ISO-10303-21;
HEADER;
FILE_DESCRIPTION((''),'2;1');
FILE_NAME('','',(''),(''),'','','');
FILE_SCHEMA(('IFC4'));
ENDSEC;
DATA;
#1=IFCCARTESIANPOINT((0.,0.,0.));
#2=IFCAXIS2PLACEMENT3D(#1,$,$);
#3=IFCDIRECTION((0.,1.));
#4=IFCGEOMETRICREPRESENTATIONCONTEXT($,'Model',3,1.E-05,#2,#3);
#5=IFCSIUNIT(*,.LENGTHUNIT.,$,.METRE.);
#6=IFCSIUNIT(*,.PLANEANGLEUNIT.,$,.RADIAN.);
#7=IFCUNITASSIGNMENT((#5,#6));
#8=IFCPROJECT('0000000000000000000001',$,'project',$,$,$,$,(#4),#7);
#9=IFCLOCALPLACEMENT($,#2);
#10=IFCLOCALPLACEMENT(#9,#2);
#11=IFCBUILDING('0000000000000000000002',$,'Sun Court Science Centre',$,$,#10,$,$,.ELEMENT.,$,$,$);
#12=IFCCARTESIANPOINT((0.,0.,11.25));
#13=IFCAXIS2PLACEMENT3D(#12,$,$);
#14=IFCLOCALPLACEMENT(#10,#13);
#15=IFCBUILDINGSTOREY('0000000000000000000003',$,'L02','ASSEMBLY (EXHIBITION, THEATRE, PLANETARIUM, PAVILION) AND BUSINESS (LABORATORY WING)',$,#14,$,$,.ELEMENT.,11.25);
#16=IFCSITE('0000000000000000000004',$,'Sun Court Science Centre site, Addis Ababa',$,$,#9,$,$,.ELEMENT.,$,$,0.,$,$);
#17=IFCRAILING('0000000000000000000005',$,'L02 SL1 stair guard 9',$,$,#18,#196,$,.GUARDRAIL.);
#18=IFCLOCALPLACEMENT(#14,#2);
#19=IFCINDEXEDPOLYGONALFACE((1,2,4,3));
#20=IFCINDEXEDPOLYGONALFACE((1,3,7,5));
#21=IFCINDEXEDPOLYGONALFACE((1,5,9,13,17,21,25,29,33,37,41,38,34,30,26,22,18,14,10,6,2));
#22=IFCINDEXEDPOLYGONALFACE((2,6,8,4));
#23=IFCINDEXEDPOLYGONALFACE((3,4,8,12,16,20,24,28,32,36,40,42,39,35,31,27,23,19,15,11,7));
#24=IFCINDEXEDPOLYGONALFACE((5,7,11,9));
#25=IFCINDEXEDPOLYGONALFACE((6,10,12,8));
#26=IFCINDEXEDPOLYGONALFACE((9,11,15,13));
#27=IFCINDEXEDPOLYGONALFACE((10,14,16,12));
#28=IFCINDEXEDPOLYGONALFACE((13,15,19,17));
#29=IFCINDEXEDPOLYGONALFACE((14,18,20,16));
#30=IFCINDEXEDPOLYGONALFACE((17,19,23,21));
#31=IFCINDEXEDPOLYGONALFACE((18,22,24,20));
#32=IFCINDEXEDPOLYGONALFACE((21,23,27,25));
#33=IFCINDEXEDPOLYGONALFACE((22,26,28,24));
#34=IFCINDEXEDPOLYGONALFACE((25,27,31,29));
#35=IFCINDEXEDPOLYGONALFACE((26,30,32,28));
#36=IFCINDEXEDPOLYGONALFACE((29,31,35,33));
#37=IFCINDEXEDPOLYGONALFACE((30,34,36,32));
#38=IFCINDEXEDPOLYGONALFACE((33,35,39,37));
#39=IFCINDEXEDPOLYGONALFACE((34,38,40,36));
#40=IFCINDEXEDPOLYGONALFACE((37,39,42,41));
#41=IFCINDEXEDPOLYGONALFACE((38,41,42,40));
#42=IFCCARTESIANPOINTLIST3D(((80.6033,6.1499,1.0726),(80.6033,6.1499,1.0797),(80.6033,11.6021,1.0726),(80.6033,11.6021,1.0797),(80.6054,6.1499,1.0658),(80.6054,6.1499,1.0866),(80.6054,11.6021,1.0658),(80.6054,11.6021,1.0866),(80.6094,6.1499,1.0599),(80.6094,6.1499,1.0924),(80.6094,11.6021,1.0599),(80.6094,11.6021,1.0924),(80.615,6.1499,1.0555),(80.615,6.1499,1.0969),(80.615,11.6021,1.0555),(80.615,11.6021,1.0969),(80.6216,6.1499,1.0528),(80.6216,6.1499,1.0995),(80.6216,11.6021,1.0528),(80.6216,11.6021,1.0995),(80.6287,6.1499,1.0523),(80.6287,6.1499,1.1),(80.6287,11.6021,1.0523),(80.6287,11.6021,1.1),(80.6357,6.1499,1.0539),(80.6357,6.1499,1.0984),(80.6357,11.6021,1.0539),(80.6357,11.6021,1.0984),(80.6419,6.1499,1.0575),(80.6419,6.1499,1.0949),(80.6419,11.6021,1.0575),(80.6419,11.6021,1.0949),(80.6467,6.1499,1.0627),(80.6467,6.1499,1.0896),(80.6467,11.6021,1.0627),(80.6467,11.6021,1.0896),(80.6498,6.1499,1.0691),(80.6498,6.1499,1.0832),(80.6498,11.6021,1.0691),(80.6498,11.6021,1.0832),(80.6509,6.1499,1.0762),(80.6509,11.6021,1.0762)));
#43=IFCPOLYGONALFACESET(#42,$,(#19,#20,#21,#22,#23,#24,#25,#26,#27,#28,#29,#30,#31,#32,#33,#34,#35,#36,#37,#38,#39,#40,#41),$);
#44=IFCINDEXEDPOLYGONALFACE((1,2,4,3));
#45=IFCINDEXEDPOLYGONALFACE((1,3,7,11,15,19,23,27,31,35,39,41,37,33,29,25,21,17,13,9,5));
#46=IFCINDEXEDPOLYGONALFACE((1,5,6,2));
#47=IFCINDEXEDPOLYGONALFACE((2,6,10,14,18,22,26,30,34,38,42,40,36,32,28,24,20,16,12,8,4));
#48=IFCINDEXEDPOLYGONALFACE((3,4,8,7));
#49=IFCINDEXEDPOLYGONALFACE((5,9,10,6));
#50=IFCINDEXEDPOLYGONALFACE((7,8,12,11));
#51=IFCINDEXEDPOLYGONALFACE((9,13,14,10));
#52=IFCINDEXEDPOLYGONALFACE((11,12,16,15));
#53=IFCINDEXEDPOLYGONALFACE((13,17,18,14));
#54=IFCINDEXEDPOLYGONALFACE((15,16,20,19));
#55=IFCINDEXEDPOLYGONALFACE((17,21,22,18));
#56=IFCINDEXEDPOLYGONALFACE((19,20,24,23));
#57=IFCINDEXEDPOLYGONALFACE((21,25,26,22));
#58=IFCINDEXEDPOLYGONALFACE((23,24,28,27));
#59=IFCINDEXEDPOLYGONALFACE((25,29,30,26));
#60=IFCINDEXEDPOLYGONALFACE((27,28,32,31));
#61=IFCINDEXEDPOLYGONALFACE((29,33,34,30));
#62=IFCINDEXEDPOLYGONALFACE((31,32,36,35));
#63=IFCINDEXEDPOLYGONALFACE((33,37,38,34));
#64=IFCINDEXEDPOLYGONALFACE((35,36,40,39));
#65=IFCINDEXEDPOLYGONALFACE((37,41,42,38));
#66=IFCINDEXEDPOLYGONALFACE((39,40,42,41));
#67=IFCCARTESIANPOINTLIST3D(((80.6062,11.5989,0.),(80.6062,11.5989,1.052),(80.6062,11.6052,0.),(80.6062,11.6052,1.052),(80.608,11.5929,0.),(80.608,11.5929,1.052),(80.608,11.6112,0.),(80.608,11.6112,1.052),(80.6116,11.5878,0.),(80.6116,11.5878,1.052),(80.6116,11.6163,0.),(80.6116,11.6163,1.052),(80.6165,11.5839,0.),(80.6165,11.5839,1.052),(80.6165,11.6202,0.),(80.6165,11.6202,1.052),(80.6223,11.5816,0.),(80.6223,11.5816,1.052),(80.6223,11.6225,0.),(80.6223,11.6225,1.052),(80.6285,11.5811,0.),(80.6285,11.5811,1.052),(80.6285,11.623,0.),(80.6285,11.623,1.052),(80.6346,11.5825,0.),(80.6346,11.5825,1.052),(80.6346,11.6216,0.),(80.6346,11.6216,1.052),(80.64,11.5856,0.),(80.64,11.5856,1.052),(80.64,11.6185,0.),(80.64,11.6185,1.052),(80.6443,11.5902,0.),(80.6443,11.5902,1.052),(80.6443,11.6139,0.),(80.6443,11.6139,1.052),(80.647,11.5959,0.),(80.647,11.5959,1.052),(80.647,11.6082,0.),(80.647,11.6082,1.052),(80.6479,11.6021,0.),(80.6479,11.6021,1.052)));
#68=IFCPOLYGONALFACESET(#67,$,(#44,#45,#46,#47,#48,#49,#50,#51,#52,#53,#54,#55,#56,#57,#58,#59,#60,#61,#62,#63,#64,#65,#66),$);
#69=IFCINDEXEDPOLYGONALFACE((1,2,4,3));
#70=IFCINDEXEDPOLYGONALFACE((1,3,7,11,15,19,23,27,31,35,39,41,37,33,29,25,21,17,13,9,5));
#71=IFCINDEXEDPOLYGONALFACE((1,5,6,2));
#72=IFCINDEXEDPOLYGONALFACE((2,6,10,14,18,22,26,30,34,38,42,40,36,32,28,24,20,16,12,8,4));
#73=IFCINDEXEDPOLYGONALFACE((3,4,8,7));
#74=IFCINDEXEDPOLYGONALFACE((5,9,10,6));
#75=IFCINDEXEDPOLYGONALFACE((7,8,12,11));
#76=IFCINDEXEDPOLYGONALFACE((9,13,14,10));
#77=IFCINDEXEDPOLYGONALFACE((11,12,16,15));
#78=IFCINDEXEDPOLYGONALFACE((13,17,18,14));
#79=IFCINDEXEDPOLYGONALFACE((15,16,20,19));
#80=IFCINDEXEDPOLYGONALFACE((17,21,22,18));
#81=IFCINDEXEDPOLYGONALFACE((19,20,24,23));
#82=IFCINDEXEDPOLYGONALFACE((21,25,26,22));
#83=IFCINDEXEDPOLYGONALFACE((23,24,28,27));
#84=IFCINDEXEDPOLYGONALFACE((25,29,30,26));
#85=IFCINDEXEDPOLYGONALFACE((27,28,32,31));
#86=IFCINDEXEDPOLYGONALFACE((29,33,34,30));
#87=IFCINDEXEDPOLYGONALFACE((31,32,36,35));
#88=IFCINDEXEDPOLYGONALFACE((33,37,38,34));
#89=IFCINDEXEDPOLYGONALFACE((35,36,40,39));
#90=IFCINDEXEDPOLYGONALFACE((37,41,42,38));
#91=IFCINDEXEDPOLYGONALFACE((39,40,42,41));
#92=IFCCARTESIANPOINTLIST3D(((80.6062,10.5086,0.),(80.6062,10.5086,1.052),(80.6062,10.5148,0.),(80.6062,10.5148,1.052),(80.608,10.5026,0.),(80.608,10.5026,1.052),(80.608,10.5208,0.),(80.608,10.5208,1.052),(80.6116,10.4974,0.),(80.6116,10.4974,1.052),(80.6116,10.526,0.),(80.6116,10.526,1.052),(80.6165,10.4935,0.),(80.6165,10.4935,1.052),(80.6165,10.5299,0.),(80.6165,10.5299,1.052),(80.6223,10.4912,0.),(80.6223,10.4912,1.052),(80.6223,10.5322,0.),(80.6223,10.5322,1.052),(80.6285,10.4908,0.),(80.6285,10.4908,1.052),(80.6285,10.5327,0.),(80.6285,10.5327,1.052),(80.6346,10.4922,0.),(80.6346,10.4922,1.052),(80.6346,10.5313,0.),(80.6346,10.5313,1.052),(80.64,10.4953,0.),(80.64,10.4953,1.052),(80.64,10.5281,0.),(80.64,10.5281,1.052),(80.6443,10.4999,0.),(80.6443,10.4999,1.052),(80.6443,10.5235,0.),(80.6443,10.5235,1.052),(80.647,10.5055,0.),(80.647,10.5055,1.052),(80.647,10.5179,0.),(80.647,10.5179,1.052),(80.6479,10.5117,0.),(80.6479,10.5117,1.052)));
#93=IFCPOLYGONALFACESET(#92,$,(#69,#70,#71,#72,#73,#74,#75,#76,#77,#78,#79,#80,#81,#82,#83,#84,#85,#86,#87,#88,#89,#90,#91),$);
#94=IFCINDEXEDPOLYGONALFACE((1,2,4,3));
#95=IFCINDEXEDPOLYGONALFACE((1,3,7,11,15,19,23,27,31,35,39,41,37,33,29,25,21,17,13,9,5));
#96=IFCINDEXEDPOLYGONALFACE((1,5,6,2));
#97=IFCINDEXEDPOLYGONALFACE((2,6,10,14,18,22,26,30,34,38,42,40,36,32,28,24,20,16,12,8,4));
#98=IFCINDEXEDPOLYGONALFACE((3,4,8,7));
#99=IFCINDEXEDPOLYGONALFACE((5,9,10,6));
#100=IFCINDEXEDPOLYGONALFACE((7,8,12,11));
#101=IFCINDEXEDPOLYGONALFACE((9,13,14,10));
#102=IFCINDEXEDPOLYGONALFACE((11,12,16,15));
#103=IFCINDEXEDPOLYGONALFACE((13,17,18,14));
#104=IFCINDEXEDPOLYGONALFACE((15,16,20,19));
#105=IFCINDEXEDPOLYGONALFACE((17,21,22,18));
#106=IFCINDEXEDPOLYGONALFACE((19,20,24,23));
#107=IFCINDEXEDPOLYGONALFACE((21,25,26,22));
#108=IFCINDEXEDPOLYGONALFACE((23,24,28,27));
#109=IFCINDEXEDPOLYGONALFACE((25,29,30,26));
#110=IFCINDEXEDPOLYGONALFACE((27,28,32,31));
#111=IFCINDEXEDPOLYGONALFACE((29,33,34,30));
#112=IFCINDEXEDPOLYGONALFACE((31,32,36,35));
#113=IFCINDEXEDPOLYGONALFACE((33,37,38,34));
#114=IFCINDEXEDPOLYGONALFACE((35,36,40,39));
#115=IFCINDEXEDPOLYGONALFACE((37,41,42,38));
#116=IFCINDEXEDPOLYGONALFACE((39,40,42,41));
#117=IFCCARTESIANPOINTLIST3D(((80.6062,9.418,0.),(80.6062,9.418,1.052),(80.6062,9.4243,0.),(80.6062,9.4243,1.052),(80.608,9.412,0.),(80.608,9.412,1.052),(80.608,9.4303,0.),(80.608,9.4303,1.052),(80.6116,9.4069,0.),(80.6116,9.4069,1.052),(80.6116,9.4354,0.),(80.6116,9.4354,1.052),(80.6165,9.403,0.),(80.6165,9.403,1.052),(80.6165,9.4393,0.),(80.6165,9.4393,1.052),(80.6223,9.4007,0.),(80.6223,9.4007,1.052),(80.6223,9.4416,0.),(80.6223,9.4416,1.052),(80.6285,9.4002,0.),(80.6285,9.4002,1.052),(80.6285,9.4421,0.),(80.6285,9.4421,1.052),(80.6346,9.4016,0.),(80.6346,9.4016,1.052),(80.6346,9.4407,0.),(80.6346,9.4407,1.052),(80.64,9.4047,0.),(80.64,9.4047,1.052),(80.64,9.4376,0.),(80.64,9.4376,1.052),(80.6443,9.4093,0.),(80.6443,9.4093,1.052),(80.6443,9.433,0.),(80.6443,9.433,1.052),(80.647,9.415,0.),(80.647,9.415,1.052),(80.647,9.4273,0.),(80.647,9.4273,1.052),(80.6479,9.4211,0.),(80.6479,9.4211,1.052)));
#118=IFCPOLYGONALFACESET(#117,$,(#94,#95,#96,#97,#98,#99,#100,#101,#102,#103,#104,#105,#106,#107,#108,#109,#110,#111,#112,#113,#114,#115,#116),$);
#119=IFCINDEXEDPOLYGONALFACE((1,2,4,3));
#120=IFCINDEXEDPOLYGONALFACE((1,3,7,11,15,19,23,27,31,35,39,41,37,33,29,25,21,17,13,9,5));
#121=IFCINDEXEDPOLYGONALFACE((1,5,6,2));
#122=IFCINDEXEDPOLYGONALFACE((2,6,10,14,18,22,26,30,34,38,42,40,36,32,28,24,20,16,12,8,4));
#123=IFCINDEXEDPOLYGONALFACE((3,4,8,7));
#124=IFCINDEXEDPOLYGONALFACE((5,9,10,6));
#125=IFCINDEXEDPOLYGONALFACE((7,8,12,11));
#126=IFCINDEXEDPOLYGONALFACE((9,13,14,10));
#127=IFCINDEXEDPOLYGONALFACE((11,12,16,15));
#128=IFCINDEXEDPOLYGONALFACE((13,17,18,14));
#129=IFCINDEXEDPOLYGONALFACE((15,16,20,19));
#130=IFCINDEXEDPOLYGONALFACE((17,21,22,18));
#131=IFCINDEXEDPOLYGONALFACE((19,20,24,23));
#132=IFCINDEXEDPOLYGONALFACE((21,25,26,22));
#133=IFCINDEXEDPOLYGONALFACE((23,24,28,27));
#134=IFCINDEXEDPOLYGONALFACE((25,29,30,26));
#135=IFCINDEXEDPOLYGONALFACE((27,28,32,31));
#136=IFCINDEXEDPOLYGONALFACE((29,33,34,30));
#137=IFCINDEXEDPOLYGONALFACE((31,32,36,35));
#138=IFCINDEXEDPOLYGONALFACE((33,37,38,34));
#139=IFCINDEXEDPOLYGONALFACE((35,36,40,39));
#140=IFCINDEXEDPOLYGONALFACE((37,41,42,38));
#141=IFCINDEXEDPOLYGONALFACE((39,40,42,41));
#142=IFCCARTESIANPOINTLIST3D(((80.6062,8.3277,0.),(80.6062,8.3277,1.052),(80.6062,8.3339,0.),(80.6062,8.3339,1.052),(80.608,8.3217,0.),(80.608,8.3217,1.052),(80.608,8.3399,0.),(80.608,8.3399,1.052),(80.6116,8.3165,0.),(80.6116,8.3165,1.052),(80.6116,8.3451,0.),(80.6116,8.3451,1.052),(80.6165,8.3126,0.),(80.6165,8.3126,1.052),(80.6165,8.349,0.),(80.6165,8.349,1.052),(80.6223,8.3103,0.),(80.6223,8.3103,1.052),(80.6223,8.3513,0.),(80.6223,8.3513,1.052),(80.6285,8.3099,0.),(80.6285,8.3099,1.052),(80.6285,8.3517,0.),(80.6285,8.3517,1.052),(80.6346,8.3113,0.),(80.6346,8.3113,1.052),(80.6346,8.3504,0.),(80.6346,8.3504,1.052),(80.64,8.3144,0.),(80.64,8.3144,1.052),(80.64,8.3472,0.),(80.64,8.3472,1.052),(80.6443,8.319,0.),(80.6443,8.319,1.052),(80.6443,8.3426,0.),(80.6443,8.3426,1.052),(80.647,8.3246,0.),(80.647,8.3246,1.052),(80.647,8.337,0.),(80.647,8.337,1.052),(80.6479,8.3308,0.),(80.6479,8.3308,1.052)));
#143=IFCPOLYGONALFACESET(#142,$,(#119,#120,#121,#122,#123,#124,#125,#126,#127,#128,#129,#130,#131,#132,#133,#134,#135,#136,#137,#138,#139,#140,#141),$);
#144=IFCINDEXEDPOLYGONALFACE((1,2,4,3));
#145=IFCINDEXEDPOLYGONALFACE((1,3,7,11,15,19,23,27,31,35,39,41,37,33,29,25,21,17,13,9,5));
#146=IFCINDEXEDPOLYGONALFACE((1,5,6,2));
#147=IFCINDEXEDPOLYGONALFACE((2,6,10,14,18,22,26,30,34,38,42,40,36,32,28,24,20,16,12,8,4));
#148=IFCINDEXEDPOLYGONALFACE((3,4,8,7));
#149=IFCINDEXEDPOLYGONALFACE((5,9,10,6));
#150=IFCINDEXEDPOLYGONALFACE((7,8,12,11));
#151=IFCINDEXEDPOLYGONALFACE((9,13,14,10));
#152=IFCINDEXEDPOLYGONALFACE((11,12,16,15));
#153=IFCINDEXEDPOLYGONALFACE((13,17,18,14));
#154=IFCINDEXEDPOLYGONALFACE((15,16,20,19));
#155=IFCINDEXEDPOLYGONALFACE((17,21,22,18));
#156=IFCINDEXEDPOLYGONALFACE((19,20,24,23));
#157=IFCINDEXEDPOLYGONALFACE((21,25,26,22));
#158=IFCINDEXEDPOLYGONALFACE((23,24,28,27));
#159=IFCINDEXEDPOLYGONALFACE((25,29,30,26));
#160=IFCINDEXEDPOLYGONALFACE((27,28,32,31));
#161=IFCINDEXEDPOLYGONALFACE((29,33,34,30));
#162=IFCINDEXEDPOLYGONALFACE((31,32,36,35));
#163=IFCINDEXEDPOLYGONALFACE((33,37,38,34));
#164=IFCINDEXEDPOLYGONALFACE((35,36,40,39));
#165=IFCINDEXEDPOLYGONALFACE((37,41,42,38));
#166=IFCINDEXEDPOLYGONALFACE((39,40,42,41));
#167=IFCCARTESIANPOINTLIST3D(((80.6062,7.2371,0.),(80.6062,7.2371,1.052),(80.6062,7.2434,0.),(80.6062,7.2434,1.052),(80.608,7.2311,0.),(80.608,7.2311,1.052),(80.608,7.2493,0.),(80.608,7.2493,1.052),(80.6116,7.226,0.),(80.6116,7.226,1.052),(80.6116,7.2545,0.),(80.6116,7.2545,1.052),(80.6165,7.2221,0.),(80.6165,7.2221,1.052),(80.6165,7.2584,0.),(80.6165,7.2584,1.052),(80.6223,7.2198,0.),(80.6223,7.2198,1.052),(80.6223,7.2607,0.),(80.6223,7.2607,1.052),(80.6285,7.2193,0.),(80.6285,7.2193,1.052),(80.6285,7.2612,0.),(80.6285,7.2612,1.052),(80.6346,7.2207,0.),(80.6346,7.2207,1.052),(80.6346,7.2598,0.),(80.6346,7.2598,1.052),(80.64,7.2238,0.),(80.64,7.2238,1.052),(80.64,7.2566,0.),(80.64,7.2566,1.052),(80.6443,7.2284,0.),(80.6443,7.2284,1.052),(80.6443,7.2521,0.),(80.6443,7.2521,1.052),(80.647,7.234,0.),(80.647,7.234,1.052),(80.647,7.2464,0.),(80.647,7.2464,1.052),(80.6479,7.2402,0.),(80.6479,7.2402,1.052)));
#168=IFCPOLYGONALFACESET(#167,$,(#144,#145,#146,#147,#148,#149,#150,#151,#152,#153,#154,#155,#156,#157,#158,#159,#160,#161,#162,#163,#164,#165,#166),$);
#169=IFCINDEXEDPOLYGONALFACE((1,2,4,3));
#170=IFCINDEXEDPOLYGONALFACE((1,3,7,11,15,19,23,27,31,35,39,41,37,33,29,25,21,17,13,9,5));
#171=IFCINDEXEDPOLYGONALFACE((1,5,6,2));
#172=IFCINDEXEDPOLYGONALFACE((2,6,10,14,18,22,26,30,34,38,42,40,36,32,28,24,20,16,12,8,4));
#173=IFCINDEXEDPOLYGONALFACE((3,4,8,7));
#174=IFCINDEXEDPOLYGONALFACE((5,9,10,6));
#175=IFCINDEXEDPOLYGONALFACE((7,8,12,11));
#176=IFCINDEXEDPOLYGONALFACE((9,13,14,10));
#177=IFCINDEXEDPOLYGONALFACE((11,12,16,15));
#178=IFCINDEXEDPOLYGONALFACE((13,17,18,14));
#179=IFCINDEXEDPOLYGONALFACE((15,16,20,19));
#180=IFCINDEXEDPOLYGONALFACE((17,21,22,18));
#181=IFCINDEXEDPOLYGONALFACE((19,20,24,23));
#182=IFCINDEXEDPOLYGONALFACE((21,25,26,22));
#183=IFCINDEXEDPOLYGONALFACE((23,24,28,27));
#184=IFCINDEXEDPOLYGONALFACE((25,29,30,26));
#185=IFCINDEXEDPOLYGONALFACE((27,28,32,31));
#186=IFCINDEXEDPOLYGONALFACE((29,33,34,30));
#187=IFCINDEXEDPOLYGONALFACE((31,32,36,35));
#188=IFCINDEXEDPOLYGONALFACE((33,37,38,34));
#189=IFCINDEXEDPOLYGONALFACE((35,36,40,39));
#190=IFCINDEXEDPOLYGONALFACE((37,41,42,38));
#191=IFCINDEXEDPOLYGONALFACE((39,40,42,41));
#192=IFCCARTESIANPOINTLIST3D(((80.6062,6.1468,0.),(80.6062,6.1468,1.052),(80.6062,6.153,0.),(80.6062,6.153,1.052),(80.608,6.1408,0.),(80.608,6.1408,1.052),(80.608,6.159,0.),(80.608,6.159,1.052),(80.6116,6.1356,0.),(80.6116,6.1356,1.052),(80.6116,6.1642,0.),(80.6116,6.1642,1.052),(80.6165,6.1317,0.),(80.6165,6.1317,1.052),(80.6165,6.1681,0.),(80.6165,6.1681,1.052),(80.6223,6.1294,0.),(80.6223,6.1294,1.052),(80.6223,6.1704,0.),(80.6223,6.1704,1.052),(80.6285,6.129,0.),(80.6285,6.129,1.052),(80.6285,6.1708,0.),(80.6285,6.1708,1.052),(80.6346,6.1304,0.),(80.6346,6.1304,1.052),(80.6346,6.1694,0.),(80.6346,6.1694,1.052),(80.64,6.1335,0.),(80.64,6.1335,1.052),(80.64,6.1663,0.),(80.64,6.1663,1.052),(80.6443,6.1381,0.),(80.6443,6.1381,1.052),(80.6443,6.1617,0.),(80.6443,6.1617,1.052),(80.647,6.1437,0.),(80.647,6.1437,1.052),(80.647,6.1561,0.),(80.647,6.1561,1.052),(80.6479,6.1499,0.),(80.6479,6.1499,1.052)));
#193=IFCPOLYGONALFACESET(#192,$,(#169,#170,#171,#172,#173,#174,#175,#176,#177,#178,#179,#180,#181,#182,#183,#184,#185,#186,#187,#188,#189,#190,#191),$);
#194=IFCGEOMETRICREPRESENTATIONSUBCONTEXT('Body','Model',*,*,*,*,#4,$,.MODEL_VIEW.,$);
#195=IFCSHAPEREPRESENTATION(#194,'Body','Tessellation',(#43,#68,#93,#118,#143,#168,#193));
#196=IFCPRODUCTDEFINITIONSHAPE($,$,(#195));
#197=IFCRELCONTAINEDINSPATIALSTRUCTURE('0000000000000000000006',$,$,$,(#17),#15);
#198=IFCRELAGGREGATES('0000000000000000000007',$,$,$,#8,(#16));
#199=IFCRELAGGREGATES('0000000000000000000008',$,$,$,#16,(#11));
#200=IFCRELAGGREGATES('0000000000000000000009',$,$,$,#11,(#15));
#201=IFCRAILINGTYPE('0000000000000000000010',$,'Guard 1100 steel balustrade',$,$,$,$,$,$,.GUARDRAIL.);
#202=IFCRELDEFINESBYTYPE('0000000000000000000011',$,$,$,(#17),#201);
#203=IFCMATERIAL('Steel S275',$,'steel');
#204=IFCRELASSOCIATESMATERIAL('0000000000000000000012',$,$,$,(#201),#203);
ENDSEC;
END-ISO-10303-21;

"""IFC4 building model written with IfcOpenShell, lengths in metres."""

from ifc_helpers import new_model, si_unit, direction, frame, origin, origin_2d, place, context, subcontext, project, spatial, circle, extrude, material, type_object, element, save


model = new_model("IFC4")

# Units and contexts
model_context = context("Model", 3, precision=1e-05, world=origin(), true_north=direction((0.0, 1.0)))
body_context = subcontext(model_context, "Body", "Model", "MODEL_VIEW")
ifc_project = project(units=[si_unit("LENGTHUNIT", "METRE"), si_unit("PLANEANGLEUNIT", "RADIAN")], contexts=[model_context])

# Site, building, storey
site_placement = place(None, origin())
site = spatial("IfcSite", under=ifc_project, at=site_placement, Name="Sun Court Science Centre site, Addis Ababa", CompositionType="ELEMENT", RefElevation=0.0)
building_placement = place(site_placement, origin())
building = spatial("IfcBuilding", under=site, at=building_placement, Name="Sun Court Science Centre", CompositionType="ELEMENT")
storey_placement = place(building_placement, frame((0.0, 0.0, 11.25)))
storey = spatial("IfcBuildingStorey", under=building, at=storey_placement, Name="L02", Description="ASSEMBLY (EXHIBITION, THEATRE, PLANETARIUM, PAVILION) AND BUSINESS (LABORATORY WING)", CompositionType="ELEMENT", Elevation=11.25)

# Railing
ifc_material_1 = material(Name="Steel S275", Category="steel")
railing_type_1 = type_object("IfcRailingType", Name="Guard 1100 steel balustrade", PredefinedType="GUARDRAIL", material=ifc_material_1)
for number, where, name in (
    (1, (80.627, 11.6021, 0.0), "L02 SL1 stair guard 9"),
):
    element("IfcRailing", number, at=place(storey_placement, frame(where)), inside=storey, type_object=railing_type_1, Name=name, PredefinedType="GUARDRAIL", context=body_context, shape_type="SweptSolid", body=[
        extrude(circle(Radius=0.0239, at=origin_2d()), frame((0.0, 0.0, 1.0762), z_axis=(0.0, -1.0, 0.0), x_axis=(1.0, 0.0, 0.0)), (0.0, 0.0, 1.0), 5.4521),
        extrude(circle(Radius=0.021, at=origin_2d()), origin(), (0.0, 0.0, 1.0), 1.052),
        extrude(circle(Radius=0.021, at=origin_2d()), frame((0.0, -1.0903, 0.0)), (0.0, 0.0, 1.0), 1.052),
        extrude(circle(Radius=0.021, at=origin_2d()), frame((0.0, -2.1809, 0.0)), (0.0, 0.0, 1.0), 1.052),
        extrude(circle(Radius=0.021, at=origin_2d()), frame((0.0, -3.2712, 0.0)), (0.0, 0.0, 1.0), 1.052),
        extrude(circle(Radius=0.021, at=origin_2d()), frame((0.0, -4.3618, 0.0)), (0.0, 0.0, 1.0), 1.052),
        extrude(circle(Radius=0.021, at=origin_2d()), frame((0.0, -5.4521, 0.0)), (0.0, 0.0, 1.0), 1.052),
    ])

save(model, "model.ifc")
